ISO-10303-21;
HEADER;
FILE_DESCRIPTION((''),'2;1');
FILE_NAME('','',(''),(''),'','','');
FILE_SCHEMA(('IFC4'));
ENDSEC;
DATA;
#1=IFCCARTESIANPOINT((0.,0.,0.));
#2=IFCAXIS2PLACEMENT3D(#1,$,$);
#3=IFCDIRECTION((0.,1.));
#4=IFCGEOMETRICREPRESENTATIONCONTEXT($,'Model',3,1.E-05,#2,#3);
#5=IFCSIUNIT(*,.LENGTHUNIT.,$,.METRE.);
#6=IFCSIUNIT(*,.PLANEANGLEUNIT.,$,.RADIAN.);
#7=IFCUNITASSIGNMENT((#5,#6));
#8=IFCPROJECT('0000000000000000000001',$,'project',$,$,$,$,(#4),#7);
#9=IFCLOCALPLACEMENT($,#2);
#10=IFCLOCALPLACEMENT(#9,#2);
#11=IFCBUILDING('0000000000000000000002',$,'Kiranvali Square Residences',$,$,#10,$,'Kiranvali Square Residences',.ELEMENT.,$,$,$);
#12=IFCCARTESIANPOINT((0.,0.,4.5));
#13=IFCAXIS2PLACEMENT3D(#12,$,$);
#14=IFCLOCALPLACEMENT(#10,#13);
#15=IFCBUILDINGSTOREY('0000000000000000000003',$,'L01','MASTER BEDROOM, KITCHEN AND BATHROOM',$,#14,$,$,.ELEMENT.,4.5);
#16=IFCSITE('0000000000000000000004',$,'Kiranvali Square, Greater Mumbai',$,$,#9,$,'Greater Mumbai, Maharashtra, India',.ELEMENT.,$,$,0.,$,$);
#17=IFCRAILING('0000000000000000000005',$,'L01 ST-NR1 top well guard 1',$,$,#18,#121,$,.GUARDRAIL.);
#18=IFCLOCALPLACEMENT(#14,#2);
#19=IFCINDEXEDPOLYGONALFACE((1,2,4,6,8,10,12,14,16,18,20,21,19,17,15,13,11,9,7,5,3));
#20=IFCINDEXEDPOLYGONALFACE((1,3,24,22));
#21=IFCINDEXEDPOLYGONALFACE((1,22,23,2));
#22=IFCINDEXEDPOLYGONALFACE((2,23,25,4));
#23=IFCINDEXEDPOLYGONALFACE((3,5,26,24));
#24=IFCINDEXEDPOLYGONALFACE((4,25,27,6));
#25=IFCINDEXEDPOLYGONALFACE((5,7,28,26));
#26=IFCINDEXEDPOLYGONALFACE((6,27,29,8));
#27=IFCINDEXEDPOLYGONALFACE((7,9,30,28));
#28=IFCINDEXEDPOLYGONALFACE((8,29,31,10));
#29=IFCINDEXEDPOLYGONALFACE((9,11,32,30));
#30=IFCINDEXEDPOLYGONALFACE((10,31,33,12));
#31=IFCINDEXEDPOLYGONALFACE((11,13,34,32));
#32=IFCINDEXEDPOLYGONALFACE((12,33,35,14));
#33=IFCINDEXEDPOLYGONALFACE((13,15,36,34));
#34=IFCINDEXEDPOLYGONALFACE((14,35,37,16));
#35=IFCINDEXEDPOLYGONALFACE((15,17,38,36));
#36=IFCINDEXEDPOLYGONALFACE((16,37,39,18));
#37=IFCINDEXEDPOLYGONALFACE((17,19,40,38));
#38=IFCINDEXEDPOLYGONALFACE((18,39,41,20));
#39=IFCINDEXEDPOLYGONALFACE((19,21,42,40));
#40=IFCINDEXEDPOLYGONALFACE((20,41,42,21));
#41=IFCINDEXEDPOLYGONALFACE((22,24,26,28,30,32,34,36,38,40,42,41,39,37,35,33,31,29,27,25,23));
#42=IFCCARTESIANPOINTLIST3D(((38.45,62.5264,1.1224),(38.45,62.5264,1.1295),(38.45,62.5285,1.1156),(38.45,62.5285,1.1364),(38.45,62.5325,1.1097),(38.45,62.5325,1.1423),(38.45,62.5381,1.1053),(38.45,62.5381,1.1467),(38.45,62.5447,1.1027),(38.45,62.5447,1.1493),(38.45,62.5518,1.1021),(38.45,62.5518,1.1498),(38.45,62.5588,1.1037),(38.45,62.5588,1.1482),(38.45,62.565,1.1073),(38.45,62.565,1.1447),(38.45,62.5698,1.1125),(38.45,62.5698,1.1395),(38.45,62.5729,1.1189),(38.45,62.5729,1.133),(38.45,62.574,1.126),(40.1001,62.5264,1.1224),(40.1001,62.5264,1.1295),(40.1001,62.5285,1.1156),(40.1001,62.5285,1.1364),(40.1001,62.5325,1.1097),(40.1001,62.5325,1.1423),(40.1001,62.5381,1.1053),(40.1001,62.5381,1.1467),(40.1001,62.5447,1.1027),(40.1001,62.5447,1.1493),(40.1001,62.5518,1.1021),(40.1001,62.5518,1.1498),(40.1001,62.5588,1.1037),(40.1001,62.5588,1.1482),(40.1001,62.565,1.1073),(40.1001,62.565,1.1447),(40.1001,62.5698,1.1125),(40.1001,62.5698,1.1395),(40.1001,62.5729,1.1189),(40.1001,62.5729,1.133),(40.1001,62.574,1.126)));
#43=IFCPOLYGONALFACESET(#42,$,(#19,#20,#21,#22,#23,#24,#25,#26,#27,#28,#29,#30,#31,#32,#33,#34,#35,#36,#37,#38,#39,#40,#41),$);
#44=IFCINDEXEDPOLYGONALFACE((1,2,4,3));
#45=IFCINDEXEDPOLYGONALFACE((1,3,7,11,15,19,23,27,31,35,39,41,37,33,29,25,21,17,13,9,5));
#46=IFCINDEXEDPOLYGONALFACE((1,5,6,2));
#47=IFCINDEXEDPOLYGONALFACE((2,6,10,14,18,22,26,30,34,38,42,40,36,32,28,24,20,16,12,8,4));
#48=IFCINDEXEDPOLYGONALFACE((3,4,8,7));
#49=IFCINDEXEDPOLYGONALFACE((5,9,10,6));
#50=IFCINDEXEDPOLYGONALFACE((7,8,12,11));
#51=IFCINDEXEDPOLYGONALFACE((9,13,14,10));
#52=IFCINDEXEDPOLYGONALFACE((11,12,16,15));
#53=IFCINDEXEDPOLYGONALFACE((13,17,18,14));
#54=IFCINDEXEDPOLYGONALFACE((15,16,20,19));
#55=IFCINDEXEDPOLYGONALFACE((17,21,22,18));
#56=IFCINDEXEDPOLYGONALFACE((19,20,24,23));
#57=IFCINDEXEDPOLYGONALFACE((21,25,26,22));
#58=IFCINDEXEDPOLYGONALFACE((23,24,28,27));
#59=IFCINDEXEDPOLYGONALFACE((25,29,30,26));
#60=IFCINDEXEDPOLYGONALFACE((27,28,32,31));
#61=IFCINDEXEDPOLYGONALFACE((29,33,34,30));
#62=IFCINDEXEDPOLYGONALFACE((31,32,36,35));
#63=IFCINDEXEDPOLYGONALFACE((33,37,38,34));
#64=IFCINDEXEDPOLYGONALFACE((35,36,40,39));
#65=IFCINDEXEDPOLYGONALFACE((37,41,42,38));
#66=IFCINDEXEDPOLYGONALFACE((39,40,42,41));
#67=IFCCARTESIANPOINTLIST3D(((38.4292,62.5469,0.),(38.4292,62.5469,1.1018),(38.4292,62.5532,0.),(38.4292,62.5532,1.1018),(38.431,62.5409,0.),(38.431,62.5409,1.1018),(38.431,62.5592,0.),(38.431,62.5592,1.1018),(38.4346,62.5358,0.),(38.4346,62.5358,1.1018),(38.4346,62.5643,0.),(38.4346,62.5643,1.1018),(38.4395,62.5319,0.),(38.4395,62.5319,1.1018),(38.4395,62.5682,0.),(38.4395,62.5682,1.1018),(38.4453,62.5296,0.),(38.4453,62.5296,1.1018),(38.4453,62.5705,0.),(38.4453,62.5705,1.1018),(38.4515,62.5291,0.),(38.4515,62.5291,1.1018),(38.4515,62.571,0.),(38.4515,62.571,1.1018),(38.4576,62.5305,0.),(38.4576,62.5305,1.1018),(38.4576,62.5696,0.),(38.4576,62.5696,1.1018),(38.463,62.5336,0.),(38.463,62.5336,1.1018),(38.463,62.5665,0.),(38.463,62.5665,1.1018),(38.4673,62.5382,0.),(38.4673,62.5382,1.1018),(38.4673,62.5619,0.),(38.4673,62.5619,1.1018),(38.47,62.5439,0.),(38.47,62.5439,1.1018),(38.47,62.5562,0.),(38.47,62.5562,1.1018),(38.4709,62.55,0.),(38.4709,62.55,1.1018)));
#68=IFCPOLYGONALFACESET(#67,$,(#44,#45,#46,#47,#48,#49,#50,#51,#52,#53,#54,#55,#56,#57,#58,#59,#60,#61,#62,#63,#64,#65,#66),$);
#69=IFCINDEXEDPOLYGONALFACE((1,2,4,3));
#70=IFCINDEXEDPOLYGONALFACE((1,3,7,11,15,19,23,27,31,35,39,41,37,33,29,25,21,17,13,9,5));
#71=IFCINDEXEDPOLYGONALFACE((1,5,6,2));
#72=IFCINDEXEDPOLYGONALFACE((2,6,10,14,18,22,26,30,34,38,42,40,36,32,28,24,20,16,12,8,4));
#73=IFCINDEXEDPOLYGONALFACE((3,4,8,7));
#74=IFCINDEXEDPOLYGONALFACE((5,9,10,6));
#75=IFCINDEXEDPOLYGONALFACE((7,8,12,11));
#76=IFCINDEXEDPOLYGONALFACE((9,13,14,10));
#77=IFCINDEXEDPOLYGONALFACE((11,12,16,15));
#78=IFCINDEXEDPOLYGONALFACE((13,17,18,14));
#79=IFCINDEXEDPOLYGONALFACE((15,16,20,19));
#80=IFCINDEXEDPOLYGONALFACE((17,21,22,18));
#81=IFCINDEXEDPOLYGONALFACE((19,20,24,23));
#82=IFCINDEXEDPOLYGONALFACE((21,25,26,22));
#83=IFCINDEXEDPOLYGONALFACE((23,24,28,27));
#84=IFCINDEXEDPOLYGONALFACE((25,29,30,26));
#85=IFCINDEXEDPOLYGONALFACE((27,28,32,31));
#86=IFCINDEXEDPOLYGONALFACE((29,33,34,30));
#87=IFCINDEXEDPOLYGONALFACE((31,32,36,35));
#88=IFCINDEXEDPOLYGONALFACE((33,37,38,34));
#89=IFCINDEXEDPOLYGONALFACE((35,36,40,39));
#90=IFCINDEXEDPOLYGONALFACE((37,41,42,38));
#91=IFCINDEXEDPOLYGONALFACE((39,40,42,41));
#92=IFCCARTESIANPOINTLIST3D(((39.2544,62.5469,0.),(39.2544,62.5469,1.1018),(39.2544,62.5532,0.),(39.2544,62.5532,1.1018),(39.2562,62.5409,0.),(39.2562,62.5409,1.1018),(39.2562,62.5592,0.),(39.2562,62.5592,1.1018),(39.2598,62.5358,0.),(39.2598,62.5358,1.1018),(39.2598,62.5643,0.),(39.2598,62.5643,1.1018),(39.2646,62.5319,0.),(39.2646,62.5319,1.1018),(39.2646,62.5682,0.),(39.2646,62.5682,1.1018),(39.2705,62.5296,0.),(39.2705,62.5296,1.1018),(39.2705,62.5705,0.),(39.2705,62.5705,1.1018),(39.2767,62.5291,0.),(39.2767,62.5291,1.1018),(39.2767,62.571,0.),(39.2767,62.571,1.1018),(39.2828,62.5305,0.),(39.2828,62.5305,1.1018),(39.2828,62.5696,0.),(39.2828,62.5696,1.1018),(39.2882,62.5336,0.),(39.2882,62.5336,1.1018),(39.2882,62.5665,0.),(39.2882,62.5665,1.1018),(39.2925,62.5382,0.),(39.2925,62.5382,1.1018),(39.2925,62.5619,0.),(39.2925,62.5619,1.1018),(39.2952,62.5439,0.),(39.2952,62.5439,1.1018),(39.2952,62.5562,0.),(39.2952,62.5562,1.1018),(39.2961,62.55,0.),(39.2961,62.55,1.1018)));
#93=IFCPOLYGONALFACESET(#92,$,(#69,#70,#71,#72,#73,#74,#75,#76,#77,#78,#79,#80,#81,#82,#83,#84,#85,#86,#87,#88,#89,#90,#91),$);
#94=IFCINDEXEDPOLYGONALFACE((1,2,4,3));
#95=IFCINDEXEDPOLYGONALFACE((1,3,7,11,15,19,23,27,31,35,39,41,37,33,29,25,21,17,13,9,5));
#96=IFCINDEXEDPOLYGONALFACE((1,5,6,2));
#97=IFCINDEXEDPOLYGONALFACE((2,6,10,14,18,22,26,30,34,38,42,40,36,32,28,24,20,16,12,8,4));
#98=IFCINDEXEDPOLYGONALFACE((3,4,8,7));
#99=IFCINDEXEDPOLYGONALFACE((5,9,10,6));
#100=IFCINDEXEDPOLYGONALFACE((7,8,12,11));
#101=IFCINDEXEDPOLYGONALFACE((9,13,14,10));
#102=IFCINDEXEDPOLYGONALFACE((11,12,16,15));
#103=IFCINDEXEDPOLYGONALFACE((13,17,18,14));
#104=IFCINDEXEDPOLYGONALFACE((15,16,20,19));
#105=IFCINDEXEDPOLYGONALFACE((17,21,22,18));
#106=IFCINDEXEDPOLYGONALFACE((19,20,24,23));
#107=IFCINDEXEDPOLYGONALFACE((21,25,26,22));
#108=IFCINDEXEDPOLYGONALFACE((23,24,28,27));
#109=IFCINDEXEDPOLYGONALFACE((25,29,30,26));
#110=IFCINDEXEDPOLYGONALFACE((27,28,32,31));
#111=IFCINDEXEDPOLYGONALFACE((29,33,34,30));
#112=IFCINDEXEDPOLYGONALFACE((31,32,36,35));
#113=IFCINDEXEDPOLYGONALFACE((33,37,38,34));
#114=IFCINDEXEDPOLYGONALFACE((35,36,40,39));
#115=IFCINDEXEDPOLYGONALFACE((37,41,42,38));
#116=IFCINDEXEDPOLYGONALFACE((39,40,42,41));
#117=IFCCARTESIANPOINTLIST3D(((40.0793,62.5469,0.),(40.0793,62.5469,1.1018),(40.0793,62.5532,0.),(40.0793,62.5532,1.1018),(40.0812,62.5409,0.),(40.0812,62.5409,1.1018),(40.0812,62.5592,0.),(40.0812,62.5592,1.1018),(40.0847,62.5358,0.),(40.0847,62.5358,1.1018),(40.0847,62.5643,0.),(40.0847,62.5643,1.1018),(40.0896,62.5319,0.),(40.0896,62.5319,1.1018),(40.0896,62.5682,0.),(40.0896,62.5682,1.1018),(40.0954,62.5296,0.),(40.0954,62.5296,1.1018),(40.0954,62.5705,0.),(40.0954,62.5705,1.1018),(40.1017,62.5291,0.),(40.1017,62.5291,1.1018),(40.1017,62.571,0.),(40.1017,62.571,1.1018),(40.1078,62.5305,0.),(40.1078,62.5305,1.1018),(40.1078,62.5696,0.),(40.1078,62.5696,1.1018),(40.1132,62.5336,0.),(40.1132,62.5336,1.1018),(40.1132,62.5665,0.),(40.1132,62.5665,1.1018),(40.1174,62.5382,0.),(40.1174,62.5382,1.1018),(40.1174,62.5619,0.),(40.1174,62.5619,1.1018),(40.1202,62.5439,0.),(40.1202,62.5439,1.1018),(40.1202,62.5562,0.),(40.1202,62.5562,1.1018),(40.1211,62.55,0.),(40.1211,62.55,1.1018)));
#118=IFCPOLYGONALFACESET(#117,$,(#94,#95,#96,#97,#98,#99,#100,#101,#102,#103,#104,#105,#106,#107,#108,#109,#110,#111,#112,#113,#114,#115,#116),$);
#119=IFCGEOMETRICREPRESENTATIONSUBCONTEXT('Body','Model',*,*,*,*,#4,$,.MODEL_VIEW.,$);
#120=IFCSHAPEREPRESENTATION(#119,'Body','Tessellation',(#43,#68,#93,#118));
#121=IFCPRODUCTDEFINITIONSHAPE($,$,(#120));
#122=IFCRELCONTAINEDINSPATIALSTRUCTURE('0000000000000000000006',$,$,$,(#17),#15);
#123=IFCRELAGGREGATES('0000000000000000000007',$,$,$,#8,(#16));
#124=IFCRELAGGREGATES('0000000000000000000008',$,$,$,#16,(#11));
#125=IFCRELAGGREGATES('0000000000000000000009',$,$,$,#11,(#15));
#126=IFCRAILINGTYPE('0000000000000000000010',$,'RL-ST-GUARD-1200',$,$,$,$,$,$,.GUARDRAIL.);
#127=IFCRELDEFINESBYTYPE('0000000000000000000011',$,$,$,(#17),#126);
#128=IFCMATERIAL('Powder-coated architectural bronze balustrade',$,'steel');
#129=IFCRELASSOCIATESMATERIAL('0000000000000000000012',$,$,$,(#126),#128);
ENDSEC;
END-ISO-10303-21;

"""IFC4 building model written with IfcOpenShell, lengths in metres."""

from ifc_helpers import new_model, si_unit, direction, frame, origin, origin_2d, place, context, subcontext, project, spatial, circle, extrude, material, type_object, element, save


model = new_model("IFC4")

# Units and contexts
model_context = context("Model", 3, precision=1e-05, world=origin(), true_north=direction((0.0, 1.0)))
body_context = subcontext(model_context, "Body", "Model", "MODEL_VIEW")
ifc_project = project(units=[si_unit("LENGTHUNIT", "METRE"), si_unit("PLANEANGLEUNIT", "RADIAN")], contexts=[model_context])

# Site, building, storey
site_placement = place(None, origin())
site = spatial("IfcSite", under=ifc_project, at=site_placement, Name="Kiranvali Square, Greater Mumbai", LongName="Greater Mumbai, Maharashtra, India", CompositionType="ELEMENT", RefElevation=0.0)
building_placement = place(site_placement, origin())
building = spatial("IfcBuilding", under=site, at=building_placement, Name="Kiranvali Square Residences", LongName="Kiranvali Square Residences", CompositionType="ELEMENT")
storey_placement = place(building_placement, frame((0.0, 0.0, 4.5)))
storey = spatial("IfcBuildingStorey", under=building, at=storey_placement, Name="L01", Description="MASTER BEDROOM, KITCHEN AND BATHROOM", CompositionType="ELEMENT", Elevation=4.5)

# Railing
ifc_material_1 = material(Name="Powder-coated architectural bronze balustrade", Category="steel")
railing_type = type_object("IfcRailingType", Name="RL-ST-GUARD-1200", PredefinedType="GUARDRAIL", material=ifc_material_1)
railing_placement = place(storey_placement, frame((38.45, 62.55, 0.0)))
element("IfcRailing", 1, at=railing_placement, inside=storey, type_object=railing_type, Name="L01 ST-NR1 top well guard 1", PredefinedType="GUARDRAIL", context=body_context, shape_type="SweptSolid", body=[
    extrude(circle(Radius=0.0239, at=origin_2d()), frame((0.0, 0.0, 1.126), z_axis=(1.0, 0.0, 0.0), x_axis=(0.0, 1.0, 0.0)), (0.0, 0.0, 1.0), 1.6501),
    extrude(circle(Radius=0.021, at=origin_2d()), origin(), (0.0, 0.0, 1.0), 1.1018),
    extrude(circle(Radius=0.021, at=origin_2d()), frame((0.8252, 0.0, 0.0)), (0.0, 0.0, 1.0), 1.1018),
    extrude(circle(Radius=0.021, at=origin_2d()), frame((1.6501, 0.0, 0.0)), (0.0, 0.0, 1.0), 1.1018),
])

save(model, "model.ifc")
